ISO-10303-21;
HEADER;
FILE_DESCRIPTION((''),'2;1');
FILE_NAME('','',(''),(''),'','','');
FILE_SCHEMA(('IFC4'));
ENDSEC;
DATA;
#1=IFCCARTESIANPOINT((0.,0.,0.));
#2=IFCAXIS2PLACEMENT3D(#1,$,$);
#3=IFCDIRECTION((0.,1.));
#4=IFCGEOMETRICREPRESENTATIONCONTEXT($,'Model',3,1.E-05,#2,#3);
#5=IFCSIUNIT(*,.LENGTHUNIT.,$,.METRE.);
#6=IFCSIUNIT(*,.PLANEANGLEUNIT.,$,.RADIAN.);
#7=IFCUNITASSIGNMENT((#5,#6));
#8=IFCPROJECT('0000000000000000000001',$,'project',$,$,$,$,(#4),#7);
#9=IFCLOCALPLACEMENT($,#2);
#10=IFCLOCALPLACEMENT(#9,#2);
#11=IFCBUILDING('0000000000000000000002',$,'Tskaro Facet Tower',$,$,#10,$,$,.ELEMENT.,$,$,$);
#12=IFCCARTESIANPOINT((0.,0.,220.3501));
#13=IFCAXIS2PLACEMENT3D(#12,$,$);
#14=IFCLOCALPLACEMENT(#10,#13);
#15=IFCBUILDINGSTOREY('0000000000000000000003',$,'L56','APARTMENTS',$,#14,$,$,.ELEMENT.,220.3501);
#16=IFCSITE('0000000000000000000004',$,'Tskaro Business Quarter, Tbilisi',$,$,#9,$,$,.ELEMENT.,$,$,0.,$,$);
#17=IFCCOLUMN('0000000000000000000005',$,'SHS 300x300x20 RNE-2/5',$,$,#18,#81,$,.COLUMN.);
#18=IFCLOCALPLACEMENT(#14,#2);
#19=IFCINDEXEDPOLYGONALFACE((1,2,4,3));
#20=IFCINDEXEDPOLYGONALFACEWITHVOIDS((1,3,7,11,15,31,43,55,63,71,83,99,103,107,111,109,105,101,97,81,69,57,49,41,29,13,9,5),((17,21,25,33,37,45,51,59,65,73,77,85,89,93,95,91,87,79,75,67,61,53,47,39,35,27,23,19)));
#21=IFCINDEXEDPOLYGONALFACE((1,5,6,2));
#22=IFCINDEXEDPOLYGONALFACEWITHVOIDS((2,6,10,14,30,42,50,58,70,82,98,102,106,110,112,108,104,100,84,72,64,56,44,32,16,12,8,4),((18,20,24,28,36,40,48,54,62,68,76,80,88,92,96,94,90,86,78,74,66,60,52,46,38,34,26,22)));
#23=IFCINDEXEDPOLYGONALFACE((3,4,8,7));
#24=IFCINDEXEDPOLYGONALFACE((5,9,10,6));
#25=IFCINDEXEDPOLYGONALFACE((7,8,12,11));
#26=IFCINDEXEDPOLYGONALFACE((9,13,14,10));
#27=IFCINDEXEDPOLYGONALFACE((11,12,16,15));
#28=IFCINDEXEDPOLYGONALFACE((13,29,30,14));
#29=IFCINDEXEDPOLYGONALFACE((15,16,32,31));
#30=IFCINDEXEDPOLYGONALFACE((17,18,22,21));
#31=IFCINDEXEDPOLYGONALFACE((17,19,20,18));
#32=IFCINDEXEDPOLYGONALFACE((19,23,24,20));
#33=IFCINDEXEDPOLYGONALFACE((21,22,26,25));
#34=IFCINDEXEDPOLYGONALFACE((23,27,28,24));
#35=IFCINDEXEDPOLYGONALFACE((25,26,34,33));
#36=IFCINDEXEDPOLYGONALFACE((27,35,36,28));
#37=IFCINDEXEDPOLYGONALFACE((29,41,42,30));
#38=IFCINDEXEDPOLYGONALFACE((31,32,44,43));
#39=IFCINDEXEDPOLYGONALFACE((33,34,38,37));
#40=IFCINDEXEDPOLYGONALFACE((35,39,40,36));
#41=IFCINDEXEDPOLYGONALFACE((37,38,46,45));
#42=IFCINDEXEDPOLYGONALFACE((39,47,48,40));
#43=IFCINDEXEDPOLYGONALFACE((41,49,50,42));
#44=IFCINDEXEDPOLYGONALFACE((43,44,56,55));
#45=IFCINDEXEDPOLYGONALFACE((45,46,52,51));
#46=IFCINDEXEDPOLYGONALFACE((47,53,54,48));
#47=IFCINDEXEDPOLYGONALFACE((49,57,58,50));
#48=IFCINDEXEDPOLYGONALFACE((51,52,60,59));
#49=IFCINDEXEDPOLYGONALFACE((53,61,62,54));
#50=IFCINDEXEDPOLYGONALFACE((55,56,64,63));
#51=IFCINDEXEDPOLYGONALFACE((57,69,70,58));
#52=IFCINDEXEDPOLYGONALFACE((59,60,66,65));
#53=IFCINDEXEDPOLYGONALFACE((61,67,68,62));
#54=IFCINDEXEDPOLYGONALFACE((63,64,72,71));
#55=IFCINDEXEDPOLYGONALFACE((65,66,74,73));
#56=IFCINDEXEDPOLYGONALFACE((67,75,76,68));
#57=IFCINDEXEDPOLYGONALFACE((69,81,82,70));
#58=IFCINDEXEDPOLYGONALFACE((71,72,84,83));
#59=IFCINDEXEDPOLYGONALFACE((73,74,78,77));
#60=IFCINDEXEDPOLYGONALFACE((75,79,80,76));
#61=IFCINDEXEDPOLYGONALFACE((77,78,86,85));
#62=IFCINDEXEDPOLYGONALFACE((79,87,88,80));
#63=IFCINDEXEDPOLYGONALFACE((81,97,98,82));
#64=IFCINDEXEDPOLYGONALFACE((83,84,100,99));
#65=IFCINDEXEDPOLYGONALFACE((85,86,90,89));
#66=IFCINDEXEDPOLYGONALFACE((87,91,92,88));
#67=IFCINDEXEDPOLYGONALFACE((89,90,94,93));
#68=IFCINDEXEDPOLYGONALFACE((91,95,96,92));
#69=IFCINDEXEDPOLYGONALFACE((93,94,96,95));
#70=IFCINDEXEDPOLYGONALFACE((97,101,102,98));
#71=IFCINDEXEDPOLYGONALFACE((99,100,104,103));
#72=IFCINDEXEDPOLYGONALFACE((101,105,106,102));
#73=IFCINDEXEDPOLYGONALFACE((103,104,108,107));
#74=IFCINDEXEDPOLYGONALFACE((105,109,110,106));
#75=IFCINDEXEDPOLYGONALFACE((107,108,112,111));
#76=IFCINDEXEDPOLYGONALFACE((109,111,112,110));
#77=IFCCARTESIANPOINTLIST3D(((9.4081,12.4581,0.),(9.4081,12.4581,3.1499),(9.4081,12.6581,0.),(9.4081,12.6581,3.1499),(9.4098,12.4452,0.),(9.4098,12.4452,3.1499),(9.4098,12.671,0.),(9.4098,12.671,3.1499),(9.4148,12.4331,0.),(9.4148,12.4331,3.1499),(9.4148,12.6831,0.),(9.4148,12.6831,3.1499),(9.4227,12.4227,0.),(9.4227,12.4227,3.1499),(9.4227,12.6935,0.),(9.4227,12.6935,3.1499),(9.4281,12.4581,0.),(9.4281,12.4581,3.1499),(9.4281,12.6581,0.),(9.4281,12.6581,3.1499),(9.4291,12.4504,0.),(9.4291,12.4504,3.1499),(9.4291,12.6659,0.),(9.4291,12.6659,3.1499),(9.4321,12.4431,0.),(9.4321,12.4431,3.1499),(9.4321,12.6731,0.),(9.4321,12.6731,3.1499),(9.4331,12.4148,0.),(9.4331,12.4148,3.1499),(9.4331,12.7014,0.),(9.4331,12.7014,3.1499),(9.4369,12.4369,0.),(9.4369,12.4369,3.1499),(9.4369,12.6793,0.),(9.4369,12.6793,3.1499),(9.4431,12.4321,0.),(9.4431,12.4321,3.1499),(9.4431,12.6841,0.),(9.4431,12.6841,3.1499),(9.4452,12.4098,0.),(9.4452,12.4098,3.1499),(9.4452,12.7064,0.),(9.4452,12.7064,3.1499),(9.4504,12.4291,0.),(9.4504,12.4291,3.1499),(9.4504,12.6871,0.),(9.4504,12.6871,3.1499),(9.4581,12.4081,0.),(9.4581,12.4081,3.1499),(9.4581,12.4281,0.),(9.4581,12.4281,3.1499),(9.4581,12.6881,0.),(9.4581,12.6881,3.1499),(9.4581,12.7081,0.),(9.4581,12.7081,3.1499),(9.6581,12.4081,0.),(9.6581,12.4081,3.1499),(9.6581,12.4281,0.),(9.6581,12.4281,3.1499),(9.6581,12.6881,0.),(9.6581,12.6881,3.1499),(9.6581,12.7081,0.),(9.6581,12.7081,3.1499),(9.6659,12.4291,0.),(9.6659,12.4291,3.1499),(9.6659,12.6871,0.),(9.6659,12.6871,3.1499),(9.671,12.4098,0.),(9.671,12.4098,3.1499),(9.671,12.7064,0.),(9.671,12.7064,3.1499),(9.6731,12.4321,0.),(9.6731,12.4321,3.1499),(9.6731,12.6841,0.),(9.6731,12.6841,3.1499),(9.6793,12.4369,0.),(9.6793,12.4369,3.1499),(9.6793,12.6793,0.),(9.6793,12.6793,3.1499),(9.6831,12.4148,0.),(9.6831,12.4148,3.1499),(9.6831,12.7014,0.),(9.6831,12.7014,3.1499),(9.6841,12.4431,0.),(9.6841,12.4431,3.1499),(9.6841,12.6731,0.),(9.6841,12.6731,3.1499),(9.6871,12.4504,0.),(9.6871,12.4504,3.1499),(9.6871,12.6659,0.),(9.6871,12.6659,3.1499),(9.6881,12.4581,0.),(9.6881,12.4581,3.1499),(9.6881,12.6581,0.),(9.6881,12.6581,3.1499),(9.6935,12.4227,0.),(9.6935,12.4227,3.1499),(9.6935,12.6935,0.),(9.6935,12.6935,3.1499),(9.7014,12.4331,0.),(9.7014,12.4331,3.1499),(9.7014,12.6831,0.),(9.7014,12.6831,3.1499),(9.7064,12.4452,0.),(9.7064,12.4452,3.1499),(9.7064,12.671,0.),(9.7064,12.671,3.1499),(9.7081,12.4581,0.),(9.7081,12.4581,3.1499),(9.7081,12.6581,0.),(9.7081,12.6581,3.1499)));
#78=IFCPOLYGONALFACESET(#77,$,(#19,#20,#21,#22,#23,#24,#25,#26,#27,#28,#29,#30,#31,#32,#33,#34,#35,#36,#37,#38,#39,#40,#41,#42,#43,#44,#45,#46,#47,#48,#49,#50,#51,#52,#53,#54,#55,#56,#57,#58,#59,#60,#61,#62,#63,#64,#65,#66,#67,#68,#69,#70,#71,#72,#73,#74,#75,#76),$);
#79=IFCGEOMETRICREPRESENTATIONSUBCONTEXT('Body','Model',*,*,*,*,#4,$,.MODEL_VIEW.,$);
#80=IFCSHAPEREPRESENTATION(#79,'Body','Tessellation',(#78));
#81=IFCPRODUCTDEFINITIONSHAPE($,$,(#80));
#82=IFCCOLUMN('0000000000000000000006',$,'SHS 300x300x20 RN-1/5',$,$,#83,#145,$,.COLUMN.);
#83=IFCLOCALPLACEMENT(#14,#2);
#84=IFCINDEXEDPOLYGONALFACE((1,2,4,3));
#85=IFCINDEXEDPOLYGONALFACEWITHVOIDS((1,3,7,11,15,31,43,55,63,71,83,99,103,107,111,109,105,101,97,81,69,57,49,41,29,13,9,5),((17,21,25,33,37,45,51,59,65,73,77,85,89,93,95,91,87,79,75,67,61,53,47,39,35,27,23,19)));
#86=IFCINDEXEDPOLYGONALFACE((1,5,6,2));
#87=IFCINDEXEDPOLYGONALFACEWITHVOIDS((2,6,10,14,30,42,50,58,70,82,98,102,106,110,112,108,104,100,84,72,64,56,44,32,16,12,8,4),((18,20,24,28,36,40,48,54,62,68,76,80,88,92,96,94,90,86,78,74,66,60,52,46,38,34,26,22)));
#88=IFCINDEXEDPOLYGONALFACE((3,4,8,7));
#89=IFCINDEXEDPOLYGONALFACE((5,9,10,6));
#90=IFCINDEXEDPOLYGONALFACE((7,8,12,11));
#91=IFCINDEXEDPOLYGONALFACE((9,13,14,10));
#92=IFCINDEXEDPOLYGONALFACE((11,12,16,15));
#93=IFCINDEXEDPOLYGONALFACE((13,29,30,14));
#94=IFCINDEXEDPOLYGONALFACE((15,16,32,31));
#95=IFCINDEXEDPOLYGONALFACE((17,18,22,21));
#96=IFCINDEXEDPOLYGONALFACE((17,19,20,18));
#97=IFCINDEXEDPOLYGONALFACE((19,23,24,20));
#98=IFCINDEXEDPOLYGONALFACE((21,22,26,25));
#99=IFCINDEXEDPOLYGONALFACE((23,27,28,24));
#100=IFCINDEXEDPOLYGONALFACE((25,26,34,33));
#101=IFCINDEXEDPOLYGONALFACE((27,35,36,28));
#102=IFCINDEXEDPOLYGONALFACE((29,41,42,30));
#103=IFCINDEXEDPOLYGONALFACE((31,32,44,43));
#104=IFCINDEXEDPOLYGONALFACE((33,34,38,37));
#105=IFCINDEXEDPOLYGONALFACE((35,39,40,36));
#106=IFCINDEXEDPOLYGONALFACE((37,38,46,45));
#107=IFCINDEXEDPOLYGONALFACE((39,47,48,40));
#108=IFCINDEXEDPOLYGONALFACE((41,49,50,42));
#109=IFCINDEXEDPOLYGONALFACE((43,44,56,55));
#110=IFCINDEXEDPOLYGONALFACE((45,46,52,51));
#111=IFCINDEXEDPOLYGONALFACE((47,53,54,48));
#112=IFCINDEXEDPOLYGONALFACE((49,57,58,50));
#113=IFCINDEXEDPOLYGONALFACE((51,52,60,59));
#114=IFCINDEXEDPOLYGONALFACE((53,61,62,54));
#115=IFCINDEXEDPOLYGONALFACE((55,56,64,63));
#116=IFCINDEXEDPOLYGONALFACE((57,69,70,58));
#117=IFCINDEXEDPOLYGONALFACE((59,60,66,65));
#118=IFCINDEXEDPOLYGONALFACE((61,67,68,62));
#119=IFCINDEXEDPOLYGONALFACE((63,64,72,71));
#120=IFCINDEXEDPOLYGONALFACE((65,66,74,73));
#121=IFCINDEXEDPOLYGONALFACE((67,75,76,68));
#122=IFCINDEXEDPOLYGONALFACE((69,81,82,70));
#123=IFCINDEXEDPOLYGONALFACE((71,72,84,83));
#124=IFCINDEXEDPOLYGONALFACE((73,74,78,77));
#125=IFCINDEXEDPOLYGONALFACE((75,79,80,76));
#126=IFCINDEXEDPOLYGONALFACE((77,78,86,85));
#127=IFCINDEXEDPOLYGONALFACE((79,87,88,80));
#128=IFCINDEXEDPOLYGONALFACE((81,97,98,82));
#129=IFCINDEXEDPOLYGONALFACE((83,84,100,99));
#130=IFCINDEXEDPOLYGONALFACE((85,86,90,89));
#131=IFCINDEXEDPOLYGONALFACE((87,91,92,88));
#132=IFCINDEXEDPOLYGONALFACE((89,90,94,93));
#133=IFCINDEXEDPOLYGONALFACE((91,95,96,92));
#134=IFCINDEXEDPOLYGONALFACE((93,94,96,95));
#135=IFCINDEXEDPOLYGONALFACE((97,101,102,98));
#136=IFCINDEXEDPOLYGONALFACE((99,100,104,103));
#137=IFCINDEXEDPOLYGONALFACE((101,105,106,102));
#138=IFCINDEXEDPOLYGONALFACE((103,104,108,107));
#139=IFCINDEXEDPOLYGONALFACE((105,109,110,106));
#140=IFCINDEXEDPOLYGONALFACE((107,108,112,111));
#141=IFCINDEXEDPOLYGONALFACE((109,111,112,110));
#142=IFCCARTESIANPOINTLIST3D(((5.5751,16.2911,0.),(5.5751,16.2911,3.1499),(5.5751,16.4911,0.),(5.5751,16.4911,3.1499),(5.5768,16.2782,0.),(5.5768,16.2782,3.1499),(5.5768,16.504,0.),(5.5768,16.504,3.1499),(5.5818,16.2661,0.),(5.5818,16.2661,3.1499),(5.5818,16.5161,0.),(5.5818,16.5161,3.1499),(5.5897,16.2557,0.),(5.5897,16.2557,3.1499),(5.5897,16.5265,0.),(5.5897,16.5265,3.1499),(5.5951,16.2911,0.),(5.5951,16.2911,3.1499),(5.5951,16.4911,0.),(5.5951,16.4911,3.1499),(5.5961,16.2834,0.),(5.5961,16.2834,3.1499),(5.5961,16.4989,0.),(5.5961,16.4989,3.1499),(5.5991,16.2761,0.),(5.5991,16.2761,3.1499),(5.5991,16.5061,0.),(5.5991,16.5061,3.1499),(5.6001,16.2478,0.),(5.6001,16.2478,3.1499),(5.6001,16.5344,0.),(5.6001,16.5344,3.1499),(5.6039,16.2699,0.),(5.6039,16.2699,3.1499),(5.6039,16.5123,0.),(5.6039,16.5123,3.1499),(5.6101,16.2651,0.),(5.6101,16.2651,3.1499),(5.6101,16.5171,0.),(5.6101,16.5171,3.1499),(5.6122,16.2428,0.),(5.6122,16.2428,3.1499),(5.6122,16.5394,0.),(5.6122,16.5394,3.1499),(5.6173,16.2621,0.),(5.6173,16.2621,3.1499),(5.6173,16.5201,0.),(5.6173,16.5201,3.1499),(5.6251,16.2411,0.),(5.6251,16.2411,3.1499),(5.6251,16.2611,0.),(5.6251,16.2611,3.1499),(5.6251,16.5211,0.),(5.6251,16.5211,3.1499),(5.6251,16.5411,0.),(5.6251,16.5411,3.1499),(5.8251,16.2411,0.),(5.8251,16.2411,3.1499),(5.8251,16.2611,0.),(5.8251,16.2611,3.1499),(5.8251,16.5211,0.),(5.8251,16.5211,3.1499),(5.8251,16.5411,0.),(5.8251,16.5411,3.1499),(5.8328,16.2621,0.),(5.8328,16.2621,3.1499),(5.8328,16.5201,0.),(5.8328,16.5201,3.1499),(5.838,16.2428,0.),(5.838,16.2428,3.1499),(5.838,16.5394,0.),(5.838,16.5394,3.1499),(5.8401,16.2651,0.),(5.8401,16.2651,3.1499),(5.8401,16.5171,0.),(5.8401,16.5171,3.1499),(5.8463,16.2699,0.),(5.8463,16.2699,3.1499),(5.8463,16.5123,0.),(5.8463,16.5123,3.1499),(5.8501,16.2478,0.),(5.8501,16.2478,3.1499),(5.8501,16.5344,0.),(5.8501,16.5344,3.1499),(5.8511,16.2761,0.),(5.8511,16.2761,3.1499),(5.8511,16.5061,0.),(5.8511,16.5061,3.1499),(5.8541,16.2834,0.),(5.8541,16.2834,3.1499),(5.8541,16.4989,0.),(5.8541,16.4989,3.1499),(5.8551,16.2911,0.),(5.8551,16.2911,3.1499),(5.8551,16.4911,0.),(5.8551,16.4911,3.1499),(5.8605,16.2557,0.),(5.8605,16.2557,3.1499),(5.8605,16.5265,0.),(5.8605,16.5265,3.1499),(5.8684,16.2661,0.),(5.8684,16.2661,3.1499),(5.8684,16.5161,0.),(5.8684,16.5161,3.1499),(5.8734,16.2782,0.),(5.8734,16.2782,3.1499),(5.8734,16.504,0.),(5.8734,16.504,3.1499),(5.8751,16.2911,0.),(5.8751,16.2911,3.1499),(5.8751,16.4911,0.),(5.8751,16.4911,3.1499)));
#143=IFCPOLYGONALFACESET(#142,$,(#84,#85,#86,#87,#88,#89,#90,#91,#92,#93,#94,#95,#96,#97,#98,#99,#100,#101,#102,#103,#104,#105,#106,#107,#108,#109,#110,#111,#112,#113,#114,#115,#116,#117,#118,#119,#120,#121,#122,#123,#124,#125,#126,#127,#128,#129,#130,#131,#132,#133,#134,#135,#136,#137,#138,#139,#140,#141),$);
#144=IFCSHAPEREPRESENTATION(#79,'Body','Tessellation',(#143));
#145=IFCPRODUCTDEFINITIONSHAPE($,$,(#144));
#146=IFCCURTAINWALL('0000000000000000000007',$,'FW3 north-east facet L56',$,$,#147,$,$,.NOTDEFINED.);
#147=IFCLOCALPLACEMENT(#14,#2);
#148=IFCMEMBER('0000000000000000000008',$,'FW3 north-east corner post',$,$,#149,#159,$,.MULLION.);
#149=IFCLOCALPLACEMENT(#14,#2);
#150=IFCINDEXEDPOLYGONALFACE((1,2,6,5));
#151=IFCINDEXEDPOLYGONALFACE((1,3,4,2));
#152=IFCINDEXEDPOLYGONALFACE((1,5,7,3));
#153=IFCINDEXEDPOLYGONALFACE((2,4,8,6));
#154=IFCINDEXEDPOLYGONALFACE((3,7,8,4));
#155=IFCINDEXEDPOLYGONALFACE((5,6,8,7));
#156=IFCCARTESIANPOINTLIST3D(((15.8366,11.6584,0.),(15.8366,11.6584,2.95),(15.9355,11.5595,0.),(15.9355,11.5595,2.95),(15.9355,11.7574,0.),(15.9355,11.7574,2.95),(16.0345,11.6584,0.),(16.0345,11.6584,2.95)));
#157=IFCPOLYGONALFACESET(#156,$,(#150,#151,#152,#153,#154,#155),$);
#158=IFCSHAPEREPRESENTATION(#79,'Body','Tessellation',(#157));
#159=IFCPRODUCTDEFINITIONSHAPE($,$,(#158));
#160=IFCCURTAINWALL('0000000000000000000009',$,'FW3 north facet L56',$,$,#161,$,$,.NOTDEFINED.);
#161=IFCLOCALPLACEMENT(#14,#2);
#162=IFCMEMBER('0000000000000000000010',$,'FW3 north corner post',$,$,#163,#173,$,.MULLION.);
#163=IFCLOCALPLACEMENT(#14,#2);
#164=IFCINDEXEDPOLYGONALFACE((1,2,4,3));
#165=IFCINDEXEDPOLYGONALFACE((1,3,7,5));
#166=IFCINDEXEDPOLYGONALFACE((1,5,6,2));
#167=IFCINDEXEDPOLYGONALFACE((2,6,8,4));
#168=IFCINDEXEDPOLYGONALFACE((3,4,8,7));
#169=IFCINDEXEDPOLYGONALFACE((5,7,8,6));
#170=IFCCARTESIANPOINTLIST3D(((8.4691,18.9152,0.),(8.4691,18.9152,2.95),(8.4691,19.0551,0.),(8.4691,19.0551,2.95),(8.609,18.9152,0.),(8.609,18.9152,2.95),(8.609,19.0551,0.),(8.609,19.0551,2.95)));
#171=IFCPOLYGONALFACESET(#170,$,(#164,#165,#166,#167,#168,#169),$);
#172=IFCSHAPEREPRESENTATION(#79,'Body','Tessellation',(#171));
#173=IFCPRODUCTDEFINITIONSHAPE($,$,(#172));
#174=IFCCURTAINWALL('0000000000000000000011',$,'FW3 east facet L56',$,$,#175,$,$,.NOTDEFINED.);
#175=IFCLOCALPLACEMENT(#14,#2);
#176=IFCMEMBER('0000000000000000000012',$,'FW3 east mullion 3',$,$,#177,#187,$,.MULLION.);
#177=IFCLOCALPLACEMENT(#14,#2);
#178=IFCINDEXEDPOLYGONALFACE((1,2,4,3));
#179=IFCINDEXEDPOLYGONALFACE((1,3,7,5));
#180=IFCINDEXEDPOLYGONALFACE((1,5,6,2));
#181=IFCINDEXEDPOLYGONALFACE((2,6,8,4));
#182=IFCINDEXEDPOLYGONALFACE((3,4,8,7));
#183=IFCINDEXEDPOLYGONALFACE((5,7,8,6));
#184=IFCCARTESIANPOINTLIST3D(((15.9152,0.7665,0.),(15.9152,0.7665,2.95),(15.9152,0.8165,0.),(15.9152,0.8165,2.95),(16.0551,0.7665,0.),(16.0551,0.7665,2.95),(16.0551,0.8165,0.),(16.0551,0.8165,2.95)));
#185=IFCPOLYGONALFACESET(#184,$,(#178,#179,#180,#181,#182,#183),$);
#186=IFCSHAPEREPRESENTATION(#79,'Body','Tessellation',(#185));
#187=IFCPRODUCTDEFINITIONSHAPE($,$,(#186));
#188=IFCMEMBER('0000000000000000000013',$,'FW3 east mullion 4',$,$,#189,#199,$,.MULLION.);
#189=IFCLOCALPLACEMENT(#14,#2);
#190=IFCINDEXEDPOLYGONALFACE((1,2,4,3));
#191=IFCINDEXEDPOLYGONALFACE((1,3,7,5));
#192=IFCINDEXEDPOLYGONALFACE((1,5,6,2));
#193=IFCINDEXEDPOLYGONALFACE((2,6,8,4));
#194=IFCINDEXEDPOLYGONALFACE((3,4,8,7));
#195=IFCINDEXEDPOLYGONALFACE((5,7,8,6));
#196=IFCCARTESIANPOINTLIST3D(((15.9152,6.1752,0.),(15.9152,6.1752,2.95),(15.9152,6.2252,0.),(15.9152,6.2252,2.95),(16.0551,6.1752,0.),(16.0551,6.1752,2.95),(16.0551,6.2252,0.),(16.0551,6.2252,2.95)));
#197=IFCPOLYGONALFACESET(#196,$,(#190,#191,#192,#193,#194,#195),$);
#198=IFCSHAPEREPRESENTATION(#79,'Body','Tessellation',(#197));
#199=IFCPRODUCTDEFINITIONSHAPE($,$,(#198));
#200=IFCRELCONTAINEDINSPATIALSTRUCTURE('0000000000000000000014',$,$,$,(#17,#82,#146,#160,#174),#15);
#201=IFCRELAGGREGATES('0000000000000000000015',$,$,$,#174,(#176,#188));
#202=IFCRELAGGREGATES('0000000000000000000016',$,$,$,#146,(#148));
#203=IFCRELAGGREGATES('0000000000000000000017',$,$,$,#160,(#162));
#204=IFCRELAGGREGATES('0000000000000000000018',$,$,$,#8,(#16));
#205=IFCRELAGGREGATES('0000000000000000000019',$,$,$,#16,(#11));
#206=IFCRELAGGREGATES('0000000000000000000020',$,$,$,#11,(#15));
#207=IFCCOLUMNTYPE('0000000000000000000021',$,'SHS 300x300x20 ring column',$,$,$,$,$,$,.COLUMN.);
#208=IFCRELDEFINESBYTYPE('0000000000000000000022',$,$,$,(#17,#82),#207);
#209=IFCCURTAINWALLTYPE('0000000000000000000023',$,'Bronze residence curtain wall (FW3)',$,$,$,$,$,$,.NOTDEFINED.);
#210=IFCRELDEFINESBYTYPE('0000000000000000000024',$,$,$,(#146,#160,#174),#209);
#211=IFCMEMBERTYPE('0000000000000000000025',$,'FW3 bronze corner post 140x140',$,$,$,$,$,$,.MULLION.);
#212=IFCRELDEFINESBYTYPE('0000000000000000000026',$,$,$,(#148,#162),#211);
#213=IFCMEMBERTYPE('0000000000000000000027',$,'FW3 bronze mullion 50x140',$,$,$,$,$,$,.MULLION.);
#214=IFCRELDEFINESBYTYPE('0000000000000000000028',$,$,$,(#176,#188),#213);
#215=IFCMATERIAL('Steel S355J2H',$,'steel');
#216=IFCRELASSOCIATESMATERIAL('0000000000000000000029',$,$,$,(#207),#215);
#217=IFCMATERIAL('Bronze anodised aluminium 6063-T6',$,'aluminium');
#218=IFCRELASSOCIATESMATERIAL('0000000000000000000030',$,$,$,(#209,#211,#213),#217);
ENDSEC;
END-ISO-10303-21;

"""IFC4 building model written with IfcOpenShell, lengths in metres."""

from ifc_helpers import new_model, si_unit, direction, frame, origin, origin_2d, place, context, subcontext, project, spatial, rectangle, hollow_rectangle, extrude, material, material_profile, profile_set, type_object, element, aggregate, save


model = new_model("IFC4")

# Units and contexts
model_context = context("Model", 3, precision=1e-05, world=origin(), true_north=direction((0.0, 1.0)))
body_context = subcontext(model_context, "Body", "Model", "MODEL_VIEW")
ifc_project = project(units=[si_unit("LENGTHUNIT", "METRE"), si_unit("PLANEANGLEUNIT", "RADIAN")], contexts=[model_context])

# Site, building, storey
site_placement = place(None, origin())
site = spatial("IfcSite", under=ifc_project, at=site_placement, Name="Tskaro Business Quarter, Tbilisi", CompositionType="ELEMENT", RefElevation=0.0)
building_placement = place(site_placement, origin())
building = spatial("IfcBuilding", under=site, at=building_placement, Name="Tskaro Facet Tower", CompositionType="ELEMENT")
storey_placement = place(building_placement, frame((0.0, 0.0, 220.3501)))
storey = spatial("IfcBuildingStorey", under=building, at=storey_placement, Name="L56", Description="APARTMENTS", CompositionType="ELEMENT", Elevation=220.3501)

# Columns
ifc_material_1 = material(Name="Steel S355J2H", Category="steel")
ifc_material_profile_1 = material_profile(ifc_material_1, hollow_rectangle(XDim=0.3, YDim=0.3, WallThickness=0.02, InnerFilletRadius=0.03, OuterFilletRadius=0.05, at=origin_2d()), Name="SHS 300x300x20")
ifc_profile_set_1 = profile_set([ifc_material_profile_1], Name="Steel S355J2H")
column_type_1 = type_object("IfcColumnType", Name="SHS 300x300x20 ring column", PredefinedType="COLUMN", material=ifc_profile_set_1)
for number, where, z_axis, x_axis, name in (
    (1, (9.5581, 12.5581, 0.0), (0.0, 0.0, 1.0), (1.0, 0.0, 0.0), "SHS 300x300x20 RNE-2/5"),
    (2, (5.7251, 16.3911, 0.0), (0.0, 0.0, 1.0), (1.0, 0.0, 0.0), "SHS 300x300x20 RN-1/5"),
):
    element("IfcColumn", number, at=place(storey_placement, frame(where, z_axis=z_axis, x_axis=x_axis)), inside=storey, type_object=column_type_1, Name=name, PredefinedType="COLUMN", context=body_context, shape_type="SweptSolid", body=[
        extrude(hollow_rectangle(XDim=0.3, YDim=0.3, WallThickness=0.02, InnerFilletRadius=0.03, OuterFilletRadius=0.05, at=origin_2d()), origin(), (0.0, 0.0, 1.0), 3.1499),
    ])

# Curtain walls, members
ifc_material_2 = material(Name="Bronze anodised aluminium 6063-T6", Category="aluminium")
curtain_wall_type = type_object("IfcCurtainWallType", Name="Bronze residence curtain wall (FW3)", PredefinedType="NOTDEFINED", material=ifc_material_2)
curtain_wall_1_placement = place(storey_placement, origin())
curtain_wall_1 = element("IfcCurtainWall", 3, at=curtain_wall_1_placement, inside=storey, type_object=curtain_wall_type, Name="FW3 north-east facet L56", PredefinedType="NOTDEFINED")
ifc_material_profile_2 = material_profile(ifc_material_2, rectangle(XDim=0.1399, YDim=0.1399, at=origin_2d()), Name="Corner post 140x140")
ifc_profile_set_2 = profile_set([ifc_material_profile_2], Name="Bronze anodised aluminium 6063-T6")
member_type_1 = type_object("IfcMemberType", Name="FW3 bronze corner post 140x140", PredefinedType="MULLION", material=ifc_profile_set_2)
member_1_placement = place(storey_placement, frame((15.9355, 11.6584, 0.0), z_axis=(0.0, 0.0, 1.0), x_axis=(-0.707107, 0.707107, 0.0)))
member_1 = element("IfcMember", 4, at=member_1_placement, type_object=member_type_1, Name="FW3 north-east corner post", PredefinedType="MULLION", context=body_context, shape_type="SweptSolid", body=[
    extrude(rectangle(XDim=0.1399, YDim=0.1399, at=origin_2d()), origin(), (0.0, 0.0, 1.0), 2.95),
])
curtain_wall_2_placement = place(storey_placement, origin())
curtain_wall_2 = element("IfcCurtainWall", 5, at=curtain_wall_2_placement, inside=storey, type_object=curtain_wall_type, Name="FW3 north facet L56", PredefinedType="NOTDEFINED")
member_2_placement = place(storey_placement, frame((8.5391, 18.9851, 0.0), z_axis=(0.0, 0.0, 1.0), x_axis=(-1.0, 0.0, 0.0)))
member_2 = element("IfcMember", 6, at=member_2_placement, type_object=member_type_1, Name="FW3 north corner post", PredefinedType="MULLION", context=body_context, shape_type="SweptSolid", body=[
    extrude(rectangle(XDim=0.1399, YDim=0.1399, at=origin_2d()), origin(), (0.0, 0.0, 1.0), 2.95),
])

# Curtain wall, members
curtain_wall_3_placement = place(storey_placement, origin())
curtain_wall_3 = element("IfcCurtainWall", 7, at=curtain_wall_3_placement, inside=storey, type_object=curtain_wall_type, Name="FW3 east facet L56", PredefinedType="NOTDEFINED")
ifc_material_profile_3 = material_profile(ifc_material_2, rectangle(XDim=0.05, YDim=0.1399, at=origin_2d()), Name="Mullion 50x140")
ifc_profile_set_3 = profile_set([ifc_material_profile_3], Name="Bronze anodised aluminium 6063-T6")
member_type_2 = type_object("IfcMemberType", Name="FW3 bronze mullion 50x140", PredefinedType="MULLION", material=ifc_profile_set_3)
member_3_placement = place(storey_placement, frame((15.9851, 0.7915, 0.0), z_axis=(0.0, 0.0, 1.0), x_axis=(0.0, 1.0, 0.0)))
member_3 = element("IfcMember", 8, at=member_3_placement, type_object=member_type_2, Name="FW3 east mullion 3", PredefinedType="MULLION", context=body_context, shape_type="SweptSolid", body=[
    extrude(rectangle(XDim=0.05, YDim=0.1399, at=origin_2d()), origin(), (0.0, 0.0, 1.0), 2.95),
])
member_4_placement = place(storey_placement, frame((15.9851, 6.2002, 0.0), z_axis=(0.0, 0.0, 1.0), x_axis=(0.0, 1.0, 0.0)))
member_4 = element("IfcMember", 9, at=member_4_placement, type_object=member_type_2, Name="FW3 east mullion 4", PredefinedType="MULLION", context=body_context, shape_type="SweptSolid", body=[
    extrude(rectangle(XDim=0.05, YDim=0.1399, at=origin_2d()), origin(), (0.0, 0.0, 1.0), 2.95),
])

aggregate(curtain_wall_3, [member_3, member_4])
aggregate(curtain_wall_1, [member_1])
aggregate(curtain_wall_2, [member_2])

save(model, "model.ifc")
